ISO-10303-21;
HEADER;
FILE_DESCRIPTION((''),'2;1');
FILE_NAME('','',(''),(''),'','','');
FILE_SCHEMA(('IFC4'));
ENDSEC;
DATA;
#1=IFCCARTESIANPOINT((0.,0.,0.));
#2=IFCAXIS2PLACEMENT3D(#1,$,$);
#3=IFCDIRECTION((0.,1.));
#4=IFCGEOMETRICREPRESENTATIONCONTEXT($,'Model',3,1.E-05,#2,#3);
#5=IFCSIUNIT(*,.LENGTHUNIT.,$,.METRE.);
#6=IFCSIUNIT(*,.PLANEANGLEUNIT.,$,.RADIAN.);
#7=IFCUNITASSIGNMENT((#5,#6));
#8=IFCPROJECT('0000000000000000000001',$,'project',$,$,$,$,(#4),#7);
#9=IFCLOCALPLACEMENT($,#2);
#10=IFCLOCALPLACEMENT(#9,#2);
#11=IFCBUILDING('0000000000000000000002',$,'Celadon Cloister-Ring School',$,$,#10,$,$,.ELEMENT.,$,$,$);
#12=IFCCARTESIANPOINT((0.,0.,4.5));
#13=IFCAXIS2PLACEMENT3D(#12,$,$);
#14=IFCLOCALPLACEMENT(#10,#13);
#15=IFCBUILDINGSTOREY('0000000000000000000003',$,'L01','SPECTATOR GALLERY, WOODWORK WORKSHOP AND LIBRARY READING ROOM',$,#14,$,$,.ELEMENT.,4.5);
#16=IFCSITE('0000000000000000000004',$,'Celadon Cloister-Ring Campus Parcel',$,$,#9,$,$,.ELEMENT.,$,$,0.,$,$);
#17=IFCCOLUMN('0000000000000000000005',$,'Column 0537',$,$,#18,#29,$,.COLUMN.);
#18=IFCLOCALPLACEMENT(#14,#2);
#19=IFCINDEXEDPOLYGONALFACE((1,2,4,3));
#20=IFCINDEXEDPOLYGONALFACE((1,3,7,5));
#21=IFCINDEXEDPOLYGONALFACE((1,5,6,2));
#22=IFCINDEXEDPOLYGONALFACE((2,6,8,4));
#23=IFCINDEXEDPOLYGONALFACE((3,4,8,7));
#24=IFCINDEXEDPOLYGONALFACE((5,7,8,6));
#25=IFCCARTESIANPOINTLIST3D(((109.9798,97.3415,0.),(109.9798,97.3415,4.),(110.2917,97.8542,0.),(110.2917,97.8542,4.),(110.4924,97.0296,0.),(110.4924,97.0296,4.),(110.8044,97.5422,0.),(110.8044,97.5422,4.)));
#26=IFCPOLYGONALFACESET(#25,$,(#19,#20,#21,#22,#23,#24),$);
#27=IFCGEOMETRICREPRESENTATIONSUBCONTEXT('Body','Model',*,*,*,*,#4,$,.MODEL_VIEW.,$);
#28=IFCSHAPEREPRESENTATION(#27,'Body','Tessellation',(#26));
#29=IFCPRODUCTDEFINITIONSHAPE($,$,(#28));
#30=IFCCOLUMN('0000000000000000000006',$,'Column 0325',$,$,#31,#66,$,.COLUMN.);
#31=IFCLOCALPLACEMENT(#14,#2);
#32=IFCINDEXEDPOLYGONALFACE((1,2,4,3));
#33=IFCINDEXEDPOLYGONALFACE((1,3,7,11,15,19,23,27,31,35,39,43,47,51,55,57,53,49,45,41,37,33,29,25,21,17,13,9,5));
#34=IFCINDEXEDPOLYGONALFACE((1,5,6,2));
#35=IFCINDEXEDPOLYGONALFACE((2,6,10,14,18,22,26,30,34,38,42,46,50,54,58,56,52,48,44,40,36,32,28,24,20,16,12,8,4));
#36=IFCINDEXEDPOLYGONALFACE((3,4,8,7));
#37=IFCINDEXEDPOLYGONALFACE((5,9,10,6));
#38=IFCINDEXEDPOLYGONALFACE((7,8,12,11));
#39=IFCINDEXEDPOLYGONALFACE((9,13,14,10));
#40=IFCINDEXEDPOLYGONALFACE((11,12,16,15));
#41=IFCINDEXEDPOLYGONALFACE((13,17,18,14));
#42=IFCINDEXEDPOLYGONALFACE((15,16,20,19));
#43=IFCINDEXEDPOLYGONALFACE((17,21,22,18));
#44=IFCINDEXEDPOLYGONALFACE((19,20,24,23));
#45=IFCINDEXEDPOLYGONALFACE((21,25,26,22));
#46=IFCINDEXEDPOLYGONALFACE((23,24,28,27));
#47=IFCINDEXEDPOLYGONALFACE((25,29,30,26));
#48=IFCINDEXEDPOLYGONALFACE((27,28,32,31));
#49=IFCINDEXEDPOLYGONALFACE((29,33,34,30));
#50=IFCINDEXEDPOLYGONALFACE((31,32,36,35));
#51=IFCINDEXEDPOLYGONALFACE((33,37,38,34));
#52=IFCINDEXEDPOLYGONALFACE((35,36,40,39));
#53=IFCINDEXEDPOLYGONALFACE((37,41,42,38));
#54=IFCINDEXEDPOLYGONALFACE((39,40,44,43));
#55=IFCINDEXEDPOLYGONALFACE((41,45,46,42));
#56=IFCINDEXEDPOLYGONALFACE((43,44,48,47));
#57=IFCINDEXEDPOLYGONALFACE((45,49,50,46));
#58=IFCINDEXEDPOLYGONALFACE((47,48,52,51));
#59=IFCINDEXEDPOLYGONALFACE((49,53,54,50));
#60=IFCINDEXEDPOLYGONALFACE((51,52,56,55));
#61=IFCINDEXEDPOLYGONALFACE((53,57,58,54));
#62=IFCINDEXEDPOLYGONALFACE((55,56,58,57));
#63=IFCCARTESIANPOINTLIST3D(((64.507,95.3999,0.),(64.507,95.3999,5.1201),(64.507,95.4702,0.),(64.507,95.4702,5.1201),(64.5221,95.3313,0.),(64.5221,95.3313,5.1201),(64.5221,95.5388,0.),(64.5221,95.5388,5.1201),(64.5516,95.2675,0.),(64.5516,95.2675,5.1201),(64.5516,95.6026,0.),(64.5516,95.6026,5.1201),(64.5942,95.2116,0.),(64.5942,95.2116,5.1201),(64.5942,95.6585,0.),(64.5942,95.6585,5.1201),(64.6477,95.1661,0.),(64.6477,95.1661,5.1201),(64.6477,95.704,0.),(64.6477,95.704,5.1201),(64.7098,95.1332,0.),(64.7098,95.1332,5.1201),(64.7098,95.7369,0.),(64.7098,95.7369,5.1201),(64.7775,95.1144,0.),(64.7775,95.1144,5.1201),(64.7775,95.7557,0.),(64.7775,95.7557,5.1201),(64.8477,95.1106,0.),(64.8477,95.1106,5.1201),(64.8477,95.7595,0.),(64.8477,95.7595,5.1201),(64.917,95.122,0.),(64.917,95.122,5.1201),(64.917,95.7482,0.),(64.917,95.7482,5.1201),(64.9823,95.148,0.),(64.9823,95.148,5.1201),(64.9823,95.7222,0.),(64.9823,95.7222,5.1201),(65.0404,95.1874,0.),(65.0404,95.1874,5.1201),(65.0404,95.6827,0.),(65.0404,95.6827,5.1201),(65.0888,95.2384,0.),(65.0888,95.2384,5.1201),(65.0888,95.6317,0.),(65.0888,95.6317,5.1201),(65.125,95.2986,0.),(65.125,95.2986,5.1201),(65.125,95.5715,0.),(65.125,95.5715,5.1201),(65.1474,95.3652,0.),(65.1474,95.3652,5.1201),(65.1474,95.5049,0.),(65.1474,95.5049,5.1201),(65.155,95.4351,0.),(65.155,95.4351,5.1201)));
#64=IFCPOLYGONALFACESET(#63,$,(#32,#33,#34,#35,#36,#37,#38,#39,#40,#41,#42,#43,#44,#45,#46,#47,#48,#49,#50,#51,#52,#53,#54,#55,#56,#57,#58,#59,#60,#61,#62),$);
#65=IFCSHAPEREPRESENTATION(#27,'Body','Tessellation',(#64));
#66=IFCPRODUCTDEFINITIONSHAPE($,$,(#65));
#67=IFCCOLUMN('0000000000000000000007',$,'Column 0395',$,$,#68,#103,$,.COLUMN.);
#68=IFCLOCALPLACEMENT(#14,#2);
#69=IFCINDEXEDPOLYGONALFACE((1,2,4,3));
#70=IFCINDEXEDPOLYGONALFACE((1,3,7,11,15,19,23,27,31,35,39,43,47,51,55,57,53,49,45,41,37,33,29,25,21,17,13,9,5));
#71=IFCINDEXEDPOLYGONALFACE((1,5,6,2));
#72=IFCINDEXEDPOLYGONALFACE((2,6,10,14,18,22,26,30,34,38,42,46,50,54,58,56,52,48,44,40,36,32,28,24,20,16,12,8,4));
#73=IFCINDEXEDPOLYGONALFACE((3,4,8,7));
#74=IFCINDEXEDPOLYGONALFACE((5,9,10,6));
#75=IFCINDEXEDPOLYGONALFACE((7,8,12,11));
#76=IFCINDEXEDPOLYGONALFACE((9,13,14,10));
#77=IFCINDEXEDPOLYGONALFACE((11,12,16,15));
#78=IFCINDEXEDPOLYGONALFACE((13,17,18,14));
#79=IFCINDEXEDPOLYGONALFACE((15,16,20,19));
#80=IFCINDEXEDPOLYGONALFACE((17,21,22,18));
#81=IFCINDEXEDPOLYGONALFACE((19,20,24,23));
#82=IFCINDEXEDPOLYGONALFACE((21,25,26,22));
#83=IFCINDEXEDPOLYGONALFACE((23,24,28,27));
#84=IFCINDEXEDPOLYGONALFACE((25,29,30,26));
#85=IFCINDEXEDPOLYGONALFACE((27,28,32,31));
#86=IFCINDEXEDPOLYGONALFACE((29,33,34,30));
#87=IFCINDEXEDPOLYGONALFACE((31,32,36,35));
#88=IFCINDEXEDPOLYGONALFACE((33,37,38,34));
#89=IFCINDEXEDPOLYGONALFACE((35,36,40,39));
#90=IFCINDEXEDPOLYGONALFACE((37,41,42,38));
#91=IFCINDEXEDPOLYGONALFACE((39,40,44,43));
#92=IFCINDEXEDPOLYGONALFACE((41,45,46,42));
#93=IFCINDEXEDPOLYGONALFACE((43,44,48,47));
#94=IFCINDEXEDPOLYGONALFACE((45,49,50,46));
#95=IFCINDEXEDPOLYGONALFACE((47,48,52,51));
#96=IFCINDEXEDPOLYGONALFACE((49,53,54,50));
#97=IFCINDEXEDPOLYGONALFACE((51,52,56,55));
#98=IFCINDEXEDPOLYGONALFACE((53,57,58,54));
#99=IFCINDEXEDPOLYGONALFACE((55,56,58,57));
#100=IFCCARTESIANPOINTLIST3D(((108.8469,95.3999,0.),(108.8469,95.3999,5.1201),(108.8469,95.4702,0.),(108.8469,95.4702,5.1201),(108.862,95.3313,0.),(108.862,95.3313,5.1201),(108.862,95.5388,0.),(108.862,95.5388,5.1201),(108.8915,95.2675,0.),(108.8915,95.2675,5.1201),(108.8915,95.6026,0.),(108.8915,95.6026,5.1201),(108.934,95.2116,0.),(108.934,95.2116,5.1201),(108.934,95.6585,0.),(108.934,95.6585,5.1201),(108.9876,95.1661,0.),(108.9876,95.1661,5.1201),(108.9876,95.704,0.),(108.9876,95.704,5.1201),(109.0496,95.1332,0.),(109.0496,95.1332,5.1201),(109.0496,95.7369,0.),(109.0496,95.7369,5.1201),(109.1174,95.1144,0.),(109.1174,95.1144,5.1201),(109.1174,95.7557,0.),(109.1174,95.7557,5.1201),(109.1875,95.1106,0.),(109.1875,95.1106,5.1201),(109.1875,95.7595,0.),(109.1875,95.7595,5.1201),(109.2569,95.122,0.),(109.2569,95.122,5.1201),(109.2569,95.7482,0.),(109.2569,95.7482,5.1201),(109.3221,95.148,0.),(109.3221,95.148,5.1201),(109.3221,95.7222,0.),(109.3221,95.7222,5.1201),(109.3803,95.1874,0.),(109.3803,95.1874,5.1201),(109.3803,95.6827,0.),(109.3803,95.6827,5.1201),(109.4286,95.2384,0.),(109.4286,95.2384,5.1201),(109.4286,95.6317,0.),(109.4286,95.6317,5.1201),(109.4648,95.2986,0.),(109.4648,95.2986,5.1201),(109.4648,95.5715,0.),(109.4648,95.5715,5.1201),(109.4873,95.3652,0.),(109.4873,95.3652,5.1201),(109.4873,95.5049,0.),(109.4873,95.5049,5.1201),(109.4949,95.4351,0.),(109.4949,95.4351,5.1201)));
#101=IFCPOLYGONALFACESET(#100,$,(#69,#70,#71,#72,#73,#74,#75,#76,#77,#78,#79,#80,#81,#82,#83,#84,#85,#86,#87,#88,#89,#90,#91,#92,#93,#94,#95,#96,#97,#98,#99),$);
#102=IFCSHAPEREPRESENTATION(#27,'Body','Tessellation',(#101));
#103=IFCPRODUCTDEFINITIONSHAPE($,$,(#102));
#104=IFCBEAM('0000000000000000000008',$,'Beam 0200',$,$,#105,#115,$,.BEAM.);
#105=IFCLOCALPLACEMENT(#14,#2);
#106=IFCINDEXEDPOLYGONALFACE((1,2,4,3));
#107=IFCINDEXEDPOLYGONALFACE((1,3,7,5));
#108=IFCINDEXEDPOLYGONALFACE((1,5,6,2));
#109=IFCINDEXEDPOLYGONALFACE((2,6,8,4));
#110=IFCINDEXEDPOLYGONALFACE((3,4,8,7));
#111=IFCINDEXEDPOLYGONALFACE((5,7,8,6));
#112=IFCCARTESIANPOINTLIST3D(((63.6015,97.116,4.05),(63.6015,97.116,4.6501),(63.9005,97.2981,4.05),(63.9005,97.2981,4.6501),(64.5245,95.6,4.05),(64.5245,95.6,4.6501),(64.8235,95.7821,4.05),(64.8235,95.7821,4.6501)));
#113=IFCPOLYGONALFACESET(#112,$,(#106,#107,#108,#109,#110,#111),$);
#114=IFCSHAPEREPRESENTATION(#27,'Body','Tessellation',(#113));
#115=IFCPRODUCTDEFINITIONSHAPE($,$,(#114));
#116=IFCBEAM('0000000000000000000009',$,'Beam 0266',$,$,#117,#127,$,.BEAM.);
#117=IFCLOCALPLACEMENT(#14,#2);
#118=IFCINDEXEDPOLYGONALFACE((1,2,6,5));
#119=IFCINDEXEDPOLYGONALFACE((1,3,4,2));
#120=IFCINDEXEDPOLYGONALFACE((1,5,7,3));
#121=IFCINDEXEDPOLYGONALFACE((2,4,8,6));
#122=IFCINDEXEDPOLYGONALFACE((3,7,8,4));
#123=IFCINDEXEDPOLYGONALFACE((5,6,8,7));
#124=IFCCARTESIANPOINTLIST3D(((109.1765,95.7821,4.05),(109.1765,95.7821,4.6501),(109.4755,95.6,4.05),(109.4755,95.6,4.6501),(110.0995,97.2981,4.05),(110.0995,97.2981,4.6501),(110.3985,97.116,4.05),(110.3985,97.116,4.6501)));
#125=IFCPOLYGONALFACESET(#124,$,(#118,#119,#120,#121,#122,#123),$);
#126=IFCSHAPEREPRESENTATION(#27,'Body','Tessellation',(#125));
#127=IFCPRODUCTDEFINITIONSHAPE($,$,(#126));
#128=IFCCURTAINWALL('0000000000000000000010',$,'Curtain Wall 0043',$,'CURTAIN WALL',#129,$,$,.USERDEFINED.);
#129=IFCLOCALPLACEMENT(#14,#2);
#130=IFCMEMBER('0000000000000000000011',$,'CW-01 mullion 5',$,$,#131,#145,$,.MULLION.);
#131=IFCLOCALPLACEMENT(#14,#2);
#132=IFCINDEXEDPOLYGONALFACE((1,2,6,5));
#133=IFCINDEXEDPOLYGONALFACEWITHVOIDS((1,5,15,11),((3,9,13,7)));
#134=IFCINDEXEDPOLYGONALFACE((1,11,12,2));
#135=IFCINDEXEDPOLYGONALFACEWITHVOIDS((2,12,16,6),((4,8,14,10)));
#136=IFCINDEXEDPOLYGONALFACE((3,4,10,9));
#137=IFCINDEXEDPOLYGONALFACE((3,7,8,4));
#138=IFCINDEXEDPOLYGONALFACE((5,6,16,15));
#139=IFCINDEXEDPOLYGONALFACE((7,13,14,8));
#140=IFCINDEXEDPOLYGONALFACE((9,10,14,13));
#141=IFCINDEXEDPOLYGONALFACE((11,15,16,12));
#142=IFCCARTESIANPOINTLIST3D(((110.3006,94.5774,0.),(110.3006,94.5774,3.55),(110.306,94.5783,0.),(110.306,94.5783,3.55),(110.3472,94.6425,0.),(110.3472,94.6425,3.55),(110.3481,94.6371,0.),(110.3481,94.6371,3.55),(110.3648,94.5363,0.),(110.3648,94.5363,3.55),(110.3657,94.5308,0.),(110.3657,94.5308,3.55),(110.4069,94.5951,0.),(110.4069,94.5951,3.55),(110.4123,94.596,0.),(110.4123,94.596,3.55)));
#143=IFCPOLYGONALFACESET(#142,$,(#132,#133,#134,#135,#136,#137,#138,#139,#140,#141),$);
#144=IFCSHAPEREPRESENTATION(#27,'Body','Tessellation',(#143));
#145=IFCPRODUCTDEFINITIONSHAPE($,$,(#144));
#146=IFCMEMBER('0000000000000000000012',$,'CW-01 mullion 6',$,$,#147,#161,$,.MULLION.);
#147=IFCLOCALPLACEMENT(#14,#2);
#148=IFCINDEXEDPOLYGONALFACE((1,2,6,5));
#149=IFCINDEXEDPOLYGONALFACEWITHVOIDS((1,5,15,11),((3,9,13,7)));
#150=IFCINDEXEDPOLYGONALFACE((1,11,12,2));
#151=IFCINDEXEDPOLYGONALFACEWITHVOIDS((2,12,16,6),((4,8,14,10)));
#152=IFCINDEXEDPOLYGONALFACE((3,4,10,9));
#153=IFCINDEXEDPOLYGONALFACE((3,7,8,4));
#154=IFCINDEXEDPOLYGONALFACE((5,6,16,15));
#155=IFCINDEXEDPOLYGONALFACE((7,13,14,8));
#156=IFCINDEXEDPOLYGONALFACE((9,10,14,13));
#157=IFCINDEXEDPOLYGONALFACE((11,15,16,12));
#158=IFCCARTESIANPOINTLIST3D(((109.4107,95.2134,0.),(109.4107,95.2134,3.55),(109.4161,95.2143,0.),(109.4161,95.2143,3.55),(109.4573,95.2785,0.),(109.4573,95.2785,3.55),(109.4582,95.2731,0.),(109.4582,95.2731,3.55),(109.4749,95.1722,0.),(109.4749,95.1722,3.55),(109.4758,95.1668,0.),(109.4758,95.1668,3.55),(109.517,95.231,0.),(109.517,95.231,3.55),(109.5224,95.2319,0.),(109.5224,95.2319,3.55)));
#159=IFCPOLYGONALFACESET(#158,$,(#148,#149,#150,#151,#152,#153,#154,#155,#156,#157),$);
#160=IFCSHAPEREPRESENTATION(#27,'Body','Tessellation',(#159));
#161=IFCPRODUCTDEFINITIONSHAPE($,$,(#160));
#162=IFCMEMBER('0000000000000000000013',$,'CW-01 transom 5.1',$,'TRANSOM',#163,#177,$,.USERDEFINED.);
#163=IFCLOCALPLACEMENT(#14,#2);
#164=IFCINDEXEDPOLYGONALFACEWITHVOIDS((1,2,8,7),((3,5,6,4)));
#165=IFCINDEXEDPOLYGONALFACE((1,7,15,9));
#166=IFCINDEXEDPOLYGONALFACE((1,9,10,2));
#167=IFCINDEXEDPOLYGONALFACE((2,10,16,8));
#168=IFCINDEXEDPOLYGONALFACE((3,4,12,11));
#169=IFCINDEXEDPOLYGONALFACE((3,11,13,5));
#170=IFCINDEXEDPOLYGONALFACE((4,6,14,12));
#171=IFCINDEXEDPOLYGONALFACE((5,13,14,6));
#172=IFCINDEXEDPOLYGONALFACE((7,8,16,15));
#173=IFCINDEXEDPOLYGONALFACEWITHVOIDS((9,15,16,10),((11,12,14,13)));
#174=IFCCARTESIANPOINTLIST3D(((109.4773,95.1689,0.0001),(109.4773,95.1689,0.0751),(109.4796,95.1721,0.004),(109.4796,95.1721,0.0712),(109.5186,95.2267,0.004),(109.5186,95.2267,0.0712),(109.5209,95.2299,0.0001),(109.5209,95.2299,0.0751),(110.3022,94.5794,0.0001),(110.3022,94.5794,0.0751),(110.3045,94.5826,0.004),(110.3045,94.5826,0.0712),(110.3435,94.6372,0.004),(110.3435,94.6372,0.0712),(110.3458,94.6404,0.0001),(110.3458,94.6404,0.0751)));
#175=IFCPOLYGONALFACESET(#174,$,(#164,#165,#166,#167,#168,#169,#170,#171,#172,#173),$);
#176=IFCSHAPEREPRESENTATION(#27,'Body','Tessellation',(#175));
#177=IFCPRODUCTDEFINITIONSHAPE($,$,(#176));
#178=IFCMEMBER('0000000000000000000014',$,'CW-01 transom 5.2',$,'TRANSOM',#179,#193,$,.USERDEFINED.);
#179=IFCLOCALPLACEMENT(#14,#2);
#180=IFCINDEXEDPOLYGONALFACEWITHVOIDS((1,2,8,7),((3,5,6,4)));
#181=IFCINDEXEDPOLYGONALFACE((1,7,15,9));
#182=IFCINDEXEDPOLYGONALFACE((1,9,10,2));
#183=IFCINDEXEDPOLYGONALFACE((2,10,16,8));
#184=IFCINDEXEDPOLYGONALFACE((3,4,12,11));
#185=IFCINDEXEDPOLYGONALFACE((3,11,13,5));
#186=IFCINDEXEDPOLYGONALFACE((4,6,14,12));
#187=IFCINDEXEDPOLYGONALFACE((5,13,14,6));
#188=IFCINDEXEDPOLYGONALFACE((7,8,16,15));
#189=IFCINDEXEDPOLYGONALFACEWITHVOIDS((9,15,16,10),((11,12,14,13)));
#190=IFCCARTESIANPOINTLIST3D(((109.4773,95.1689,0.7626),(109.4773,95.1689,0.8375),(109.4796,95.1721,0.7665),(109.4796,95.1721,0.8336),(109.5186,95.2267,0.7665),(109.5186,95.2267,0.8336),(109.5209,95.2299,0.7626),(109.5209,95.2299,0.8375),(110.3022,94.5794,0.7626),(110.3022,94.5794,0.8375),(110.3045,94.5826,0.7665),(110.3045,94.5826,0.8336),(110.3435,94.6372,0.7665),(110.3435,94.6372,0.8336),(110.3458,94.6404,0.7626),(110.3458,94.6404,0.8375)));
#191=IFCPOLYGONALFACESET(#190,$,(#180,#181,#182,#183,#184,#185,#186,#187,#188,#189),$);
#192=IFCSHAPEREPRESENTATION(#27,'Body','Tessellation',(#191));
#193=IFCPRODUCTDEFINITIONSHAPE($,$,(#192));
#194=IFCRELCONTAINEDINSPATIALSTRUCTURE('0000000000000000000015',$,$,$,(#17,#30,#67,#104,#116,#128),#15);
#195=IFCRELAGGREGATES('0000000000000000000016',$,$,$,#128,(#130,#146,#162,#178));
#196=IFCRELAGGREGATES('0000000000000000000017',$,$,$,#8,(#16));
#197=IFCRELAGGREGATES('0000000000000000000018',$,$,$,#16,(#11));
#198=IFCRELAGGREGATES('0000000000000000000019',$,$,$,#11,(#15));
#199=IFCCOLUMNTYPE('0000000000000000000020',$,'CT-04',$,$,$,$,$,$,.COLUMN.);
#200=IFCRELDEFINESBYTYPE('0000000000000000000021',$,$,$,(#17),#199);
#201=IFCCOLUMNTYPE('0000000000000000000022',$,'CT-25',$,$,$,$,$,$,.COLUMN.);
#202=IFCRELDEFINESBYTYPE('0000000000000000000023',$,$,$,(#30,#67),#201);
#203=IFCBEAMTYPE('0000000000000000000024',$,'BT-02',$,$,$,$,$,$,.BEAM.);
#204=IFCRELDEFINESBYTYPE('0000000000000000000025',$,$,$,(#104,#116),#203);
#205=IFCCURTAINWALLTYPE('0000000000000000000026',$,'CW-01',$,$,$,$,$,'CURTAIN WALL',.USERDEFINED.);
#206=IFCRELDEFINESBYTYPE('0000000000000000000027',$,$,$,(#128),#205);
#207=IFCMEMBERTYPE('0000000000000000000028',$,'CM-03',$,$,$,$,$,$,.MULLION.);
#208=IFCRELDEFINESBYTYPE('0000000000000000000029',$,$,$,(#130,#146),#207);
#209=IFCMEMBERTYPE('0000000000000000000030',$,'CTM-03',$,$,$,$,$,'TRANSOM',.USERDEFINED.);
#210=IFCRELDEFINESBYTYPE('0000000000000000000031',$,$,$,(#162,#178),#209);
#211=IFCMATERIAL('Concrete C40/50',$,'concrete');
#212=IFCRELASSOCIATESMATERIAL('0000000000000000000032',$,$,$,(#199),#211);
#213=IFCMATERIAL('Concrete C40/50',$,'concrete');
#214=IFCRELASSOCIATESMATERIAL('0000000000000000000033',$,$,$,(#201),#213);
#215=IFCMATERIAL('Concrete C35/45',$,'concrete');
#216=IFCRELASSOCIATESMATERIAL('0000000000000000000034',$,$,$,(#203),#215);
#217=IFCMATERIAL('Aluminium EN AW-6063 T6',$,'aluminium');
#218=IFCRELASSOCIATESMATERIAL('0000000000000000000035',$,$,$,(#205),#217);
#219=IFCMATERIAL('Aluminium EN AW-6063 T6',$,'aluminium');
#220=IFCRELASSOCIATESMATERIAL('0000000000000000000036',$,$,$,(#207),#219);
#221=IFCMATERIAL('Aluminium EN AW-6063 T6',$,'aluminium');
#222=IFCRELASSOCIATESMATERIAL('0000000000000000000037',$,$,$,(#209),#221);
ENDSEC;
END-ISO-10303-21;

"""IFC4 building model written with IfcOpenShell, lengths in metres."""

from ifc_helpers import new_model, si_unit, direction, frame, origin, origin_2d, place, context, subcontext, project, spatial, rectangle, hollow_rectangle, circle, extrude, material, material_profile, profile_set, type_object, element, aggregate, save


model = new_model("IFC4")

# Units and contexts
model_context = context("Model", 3, precision=1e-05, world=origin(), true_north=direction((0.0, 1.0)))
body_context = subcontext(model_context, "Body", "Model", "MODEL_VIEW")
ifc_project = project(units=[si_unit("LENGTHUNIT", "METRE"), si_unit("PLANEANGLEUNIT", "RADIAN")], contexts=[model_context])

# Site, building, storey
site_placement = place(None, origin())
site = spatial("IfcSite", under=ifc_project, at=site_placement, Name="Celadon Cloister-Ring Campus Parcel", CompositionType="ELEMENT", RefElevation=0.0)
building_placement = place(site_placement, origin())
building = spatial("IfcBuilding", under=site, at=building_placement, Name="Celadon Cloister-Ring School", CompositionType="ELEMENT")
storey_placement = place(building_placement, frame((0.0, 0.0, 4.5)))
storey = spatial("IfcBuildingStorey", under=building, at=storey_placement, Name="L01", Description="SPECTATOR GALLERY, WOODWORK WORKSHOP AND LIBRARY READING ROOM", CompositionType="ELEMENT", Elevation=4.5)

# Columns
ifc_material_1 = material(Name="Concrete C40/50", Category="concrete")
ifc_material_profile_1 = material_profile(ifc_material_1, rectangle(XDim=0.6001, YDim=0.6001, at=origin_2d()), Name="RC600X600")
ifc_profile_set_1 = profile_set([ifc_material_profile_1], Name="Concrete C40/50")
column_type_1 = type_object("IfcColumnType", Name="CT-04", PredefinedType="COLUMN", material=ifc_profile_set_1)
column_placement = place(storey_placement, frame((110.3921, 97.4419, 0.0), z_axis=(0.0, 0.0, 1.0), x_axis=(0.519817, 0.854277, 0.0)))
element("IfcColumn", 1, at=column_placement, inside=storey, type_object=column_type_1, Name="Column 0537", PredefinedType="COLUMN", context=body_context, shape_type="SweptSolid", body=[
    extrude(rectangle(XDim=0.6001, YDim=0.6001, at=origin_2d()), origin(), (0.0, 0.0, 1.0), 4.0),
])
ifc_material_2 = material(Name="Concrete C40/50", Category="concrete")
ifc_material_profile_2 = material_profile(ifc_material_2, circle(Radius=0.325, at=origin_2d()), Name="CIRC650")
ifc_profile_set_2 = profile_set([ifc_material_profile_2], Name="Concrete C40/50")
column_type_2 = type_object("IfcColumnType", Name="CT-25", PredefinedType="COLUMN", material=ifc_profile_set_2)
for number, where, z_axis, x_axis, name in (
    (2, (64.8301, 95.4351, 0.0), (0.0, 0.0, 1.0), (1.0, 0.0, 0.0), "Column 0325"),
    (3, (109.1699, 95.4351, 0.0), (0.0, 0.0, 1.0), (1.0, 0.0, 0.0), "Column 0395"),
):
    element("IfcColumn", number, at=place(storey_placement, frame(where, z_axis=z_axis, x_axis=x_axis)), inside=storey, type_object=column_type_2, Name=name, PredefinedType="COLUMN", context=body_context, shape_type="SweptSolid", body=[
        extrude(circle(Radius=0.325, at=origin_2d()), origin(), (0.0, 0.0, 1.0), 5.1201),
    ])

# Beams
ifc_material_3 = material(Name="Concrete C35/45", Category="concrete")
ifc_material_profile_3 = material_profile(ifc_material_3, rectangle(XDim=0.3501, YDim=0.6001, at=origin_2d()), Name="RC350X600")
ifc_profile_set_3 = profile_set([ifc_material_profile_3], Name="Concrete C35/45")
beam_type_1 = type_object("IfcBeamType", Name="BT-02", PredefinedType="BEAM", material=ifc_profile_set_3)
for number, where, z_axis, x_axis, name in (
    (4, (63.751, 97.207, 4.3501), (0.520047, -0.854137, 0.0), (0.854137, 0.520047, 0.0), "Beam 0200"),
    (5, (110.249, 97.207, 4.3501), (-0.520047, -0.854137, 0.0), (0.854137, -0.520047, 0.0), "Beam 0266"),
):
    element("IfcBeam", number, at=place(storey_placement, frame(where, z_axis=z_axis, x_axis=x_axis)), inside=storey, type_object=beam_type_1, Name=name, PredefinedType="BEAM", context=body_context, shape_type="SweptSolid", body=[
        extrude(rectangle(XDim=0.3501, YDim=0.6001, at=origin_2d()), origin(), (0.0, 0.0, 1.0), 1.7749),
    ])

# Curtain wall, members
ifc_material_4 = material(Name="Aluminium EN AW-6063 T6", Category="aluminium")
curtain_wall_type = type_object("IfcCurtainWallType", Name="CW-01", ElementType="CURTAIN WALL", PredefinedType="USERDEFINED", material=ifc_material_4)
curtain_wall_placement = place(storey_placement, origin())
curtain_wall = element("IfcCurtainWall", 6, at=curtain_wall_placement, inside=storey, type_object=curtain_wall_type, Name="Curtain Wall 0043", ObjectType="CURTAIN WALL", PredefinedType="USERDEFINED")
ifc_material_5 = material(Name="Aluminium EN AW-6063 T6", Category="aluminium")
ifc_material_profile_4 = material_profile(ifc_material_5, hollow_rectangle(XDim=0.0801, YDim=0.0801, WallThickness=0.0039, at=origin_2d()), Name="RHS80X80X4")
ifc_profile_set_4 = profile_set([ifc_material_profile_4], Name="Aluminium EN AW-6063 T6")
member_type_1 = type_object("IfcMemberType", Name="CM-03", PredefinedType="MULLION", material=ifc_profile_set_4)
member_1_placement = place(storey_placement, frame((110.3564, 94.5867, 0.0), z_axis=(0.0, 0.0, 1.0), x_axis=(-0.581555, -0.813507, 0.0)))
member_1 = element("IfcMember", 7, at=member_1_placement, type_object=member_type_1, Name="CW-01 mullion 5", PredefinedType="MULLION", context=body_context, shape_type="SweptSolid", body=[
    extrude(hollow_rectangle(XDim=0.0801, YDim=0.0801, WallThickness=0.0039, at=origin_2d()), origin(), (0.0, 0.0, 1.0), 3.55),
])
member_2_placement = place(storey_placement, frame((109.4666, 95.2227, 0.0), z_axis=(0.0, 0.0, 1.0), x_axis=(-0.581555, -0.813507, 0.0)))
member_2 = element("IfcMember", 8, at=member_2_placement, type_object=member_type_1, Name="CW-01 mullion 6", PredefinedType="MULLION", context=body_context, shape_type="SweptSolid", body=[
    extrude(hollow_rectangle(XDim=0.0801, YDim=0.0801, WallThickness=0.0039, at=origin_2d()), origin(), (0.0, 0.0, 1.0), 3.55),
])
ifc_material_6 = material(Name="Aluminium EN AW-6063 T6", Category="aluminium")
ifc_material_profile_5 = material_profile(ifc_material_6, hollow_rectangle(XDim=0.075, YDim=0.075, WallThickness=0.0039, at=origin_2d()), Name="RHS75X75X4")
ifc_profile_set_5 = profile_set([ifc_material_profile_5], Name="Aluminium EN AW-6063 T6")
member_type_2 = type_object("IfcMemberType", Name="CTM-03", ElementType="TRANSOM", PredefinedType="USERDEFINED", material=ifc_profile_set_5)
member_3_placement = place(storey_placement, frame((110.324, 94.6099, 0.0376), z_axis=(-0.813571, 0.581466, 0.0), x_axis=(-0.581466, -0.813571, 0.0)))
member_3 = element("IfcMember", 9, at=member_3_placement, type_object=member_type_2, Name="CW-01 transom 5.1", ObjectType="TRANSOM", PredefinedType="USERDEFINED", context=body_context, shape_type="SweptSolid", body=[
    extrude(hollow_rectangle(XDim=0.075, YDim=0.075, WallThickness=0.0039, at=origin_2d()), origin(), (0.0, 0.0, 1.0), 1.0139),
])
member_4_placement = place(storey_placement, frame((110.324, 94.6099, 0.8), z_axis=(-0.813571, 0.581466, 0.0), x_axis=(-0.581466, -0.813571, 0.0)))
member_4 = element("IfcMember", 10, at=member_4_placement, type_object=member_type_2, Name="CW-01 transom 5.2", ObjectType="TRANSOM", PredefinedType="USERDEFINED", context=body_context, shape_type="SweptSolid", body=[
    extrude(hollow_rectangle(XDim=0.075, YDim=0.075, WallThickness=0.0039, at=origin_2d()), origin(), (0.0, 0.0, 1.0), 1.0139),
])

aggregate(curtain_wall, [member_1, member_2, member_3, member_4])

save(model, "model.ifc")
